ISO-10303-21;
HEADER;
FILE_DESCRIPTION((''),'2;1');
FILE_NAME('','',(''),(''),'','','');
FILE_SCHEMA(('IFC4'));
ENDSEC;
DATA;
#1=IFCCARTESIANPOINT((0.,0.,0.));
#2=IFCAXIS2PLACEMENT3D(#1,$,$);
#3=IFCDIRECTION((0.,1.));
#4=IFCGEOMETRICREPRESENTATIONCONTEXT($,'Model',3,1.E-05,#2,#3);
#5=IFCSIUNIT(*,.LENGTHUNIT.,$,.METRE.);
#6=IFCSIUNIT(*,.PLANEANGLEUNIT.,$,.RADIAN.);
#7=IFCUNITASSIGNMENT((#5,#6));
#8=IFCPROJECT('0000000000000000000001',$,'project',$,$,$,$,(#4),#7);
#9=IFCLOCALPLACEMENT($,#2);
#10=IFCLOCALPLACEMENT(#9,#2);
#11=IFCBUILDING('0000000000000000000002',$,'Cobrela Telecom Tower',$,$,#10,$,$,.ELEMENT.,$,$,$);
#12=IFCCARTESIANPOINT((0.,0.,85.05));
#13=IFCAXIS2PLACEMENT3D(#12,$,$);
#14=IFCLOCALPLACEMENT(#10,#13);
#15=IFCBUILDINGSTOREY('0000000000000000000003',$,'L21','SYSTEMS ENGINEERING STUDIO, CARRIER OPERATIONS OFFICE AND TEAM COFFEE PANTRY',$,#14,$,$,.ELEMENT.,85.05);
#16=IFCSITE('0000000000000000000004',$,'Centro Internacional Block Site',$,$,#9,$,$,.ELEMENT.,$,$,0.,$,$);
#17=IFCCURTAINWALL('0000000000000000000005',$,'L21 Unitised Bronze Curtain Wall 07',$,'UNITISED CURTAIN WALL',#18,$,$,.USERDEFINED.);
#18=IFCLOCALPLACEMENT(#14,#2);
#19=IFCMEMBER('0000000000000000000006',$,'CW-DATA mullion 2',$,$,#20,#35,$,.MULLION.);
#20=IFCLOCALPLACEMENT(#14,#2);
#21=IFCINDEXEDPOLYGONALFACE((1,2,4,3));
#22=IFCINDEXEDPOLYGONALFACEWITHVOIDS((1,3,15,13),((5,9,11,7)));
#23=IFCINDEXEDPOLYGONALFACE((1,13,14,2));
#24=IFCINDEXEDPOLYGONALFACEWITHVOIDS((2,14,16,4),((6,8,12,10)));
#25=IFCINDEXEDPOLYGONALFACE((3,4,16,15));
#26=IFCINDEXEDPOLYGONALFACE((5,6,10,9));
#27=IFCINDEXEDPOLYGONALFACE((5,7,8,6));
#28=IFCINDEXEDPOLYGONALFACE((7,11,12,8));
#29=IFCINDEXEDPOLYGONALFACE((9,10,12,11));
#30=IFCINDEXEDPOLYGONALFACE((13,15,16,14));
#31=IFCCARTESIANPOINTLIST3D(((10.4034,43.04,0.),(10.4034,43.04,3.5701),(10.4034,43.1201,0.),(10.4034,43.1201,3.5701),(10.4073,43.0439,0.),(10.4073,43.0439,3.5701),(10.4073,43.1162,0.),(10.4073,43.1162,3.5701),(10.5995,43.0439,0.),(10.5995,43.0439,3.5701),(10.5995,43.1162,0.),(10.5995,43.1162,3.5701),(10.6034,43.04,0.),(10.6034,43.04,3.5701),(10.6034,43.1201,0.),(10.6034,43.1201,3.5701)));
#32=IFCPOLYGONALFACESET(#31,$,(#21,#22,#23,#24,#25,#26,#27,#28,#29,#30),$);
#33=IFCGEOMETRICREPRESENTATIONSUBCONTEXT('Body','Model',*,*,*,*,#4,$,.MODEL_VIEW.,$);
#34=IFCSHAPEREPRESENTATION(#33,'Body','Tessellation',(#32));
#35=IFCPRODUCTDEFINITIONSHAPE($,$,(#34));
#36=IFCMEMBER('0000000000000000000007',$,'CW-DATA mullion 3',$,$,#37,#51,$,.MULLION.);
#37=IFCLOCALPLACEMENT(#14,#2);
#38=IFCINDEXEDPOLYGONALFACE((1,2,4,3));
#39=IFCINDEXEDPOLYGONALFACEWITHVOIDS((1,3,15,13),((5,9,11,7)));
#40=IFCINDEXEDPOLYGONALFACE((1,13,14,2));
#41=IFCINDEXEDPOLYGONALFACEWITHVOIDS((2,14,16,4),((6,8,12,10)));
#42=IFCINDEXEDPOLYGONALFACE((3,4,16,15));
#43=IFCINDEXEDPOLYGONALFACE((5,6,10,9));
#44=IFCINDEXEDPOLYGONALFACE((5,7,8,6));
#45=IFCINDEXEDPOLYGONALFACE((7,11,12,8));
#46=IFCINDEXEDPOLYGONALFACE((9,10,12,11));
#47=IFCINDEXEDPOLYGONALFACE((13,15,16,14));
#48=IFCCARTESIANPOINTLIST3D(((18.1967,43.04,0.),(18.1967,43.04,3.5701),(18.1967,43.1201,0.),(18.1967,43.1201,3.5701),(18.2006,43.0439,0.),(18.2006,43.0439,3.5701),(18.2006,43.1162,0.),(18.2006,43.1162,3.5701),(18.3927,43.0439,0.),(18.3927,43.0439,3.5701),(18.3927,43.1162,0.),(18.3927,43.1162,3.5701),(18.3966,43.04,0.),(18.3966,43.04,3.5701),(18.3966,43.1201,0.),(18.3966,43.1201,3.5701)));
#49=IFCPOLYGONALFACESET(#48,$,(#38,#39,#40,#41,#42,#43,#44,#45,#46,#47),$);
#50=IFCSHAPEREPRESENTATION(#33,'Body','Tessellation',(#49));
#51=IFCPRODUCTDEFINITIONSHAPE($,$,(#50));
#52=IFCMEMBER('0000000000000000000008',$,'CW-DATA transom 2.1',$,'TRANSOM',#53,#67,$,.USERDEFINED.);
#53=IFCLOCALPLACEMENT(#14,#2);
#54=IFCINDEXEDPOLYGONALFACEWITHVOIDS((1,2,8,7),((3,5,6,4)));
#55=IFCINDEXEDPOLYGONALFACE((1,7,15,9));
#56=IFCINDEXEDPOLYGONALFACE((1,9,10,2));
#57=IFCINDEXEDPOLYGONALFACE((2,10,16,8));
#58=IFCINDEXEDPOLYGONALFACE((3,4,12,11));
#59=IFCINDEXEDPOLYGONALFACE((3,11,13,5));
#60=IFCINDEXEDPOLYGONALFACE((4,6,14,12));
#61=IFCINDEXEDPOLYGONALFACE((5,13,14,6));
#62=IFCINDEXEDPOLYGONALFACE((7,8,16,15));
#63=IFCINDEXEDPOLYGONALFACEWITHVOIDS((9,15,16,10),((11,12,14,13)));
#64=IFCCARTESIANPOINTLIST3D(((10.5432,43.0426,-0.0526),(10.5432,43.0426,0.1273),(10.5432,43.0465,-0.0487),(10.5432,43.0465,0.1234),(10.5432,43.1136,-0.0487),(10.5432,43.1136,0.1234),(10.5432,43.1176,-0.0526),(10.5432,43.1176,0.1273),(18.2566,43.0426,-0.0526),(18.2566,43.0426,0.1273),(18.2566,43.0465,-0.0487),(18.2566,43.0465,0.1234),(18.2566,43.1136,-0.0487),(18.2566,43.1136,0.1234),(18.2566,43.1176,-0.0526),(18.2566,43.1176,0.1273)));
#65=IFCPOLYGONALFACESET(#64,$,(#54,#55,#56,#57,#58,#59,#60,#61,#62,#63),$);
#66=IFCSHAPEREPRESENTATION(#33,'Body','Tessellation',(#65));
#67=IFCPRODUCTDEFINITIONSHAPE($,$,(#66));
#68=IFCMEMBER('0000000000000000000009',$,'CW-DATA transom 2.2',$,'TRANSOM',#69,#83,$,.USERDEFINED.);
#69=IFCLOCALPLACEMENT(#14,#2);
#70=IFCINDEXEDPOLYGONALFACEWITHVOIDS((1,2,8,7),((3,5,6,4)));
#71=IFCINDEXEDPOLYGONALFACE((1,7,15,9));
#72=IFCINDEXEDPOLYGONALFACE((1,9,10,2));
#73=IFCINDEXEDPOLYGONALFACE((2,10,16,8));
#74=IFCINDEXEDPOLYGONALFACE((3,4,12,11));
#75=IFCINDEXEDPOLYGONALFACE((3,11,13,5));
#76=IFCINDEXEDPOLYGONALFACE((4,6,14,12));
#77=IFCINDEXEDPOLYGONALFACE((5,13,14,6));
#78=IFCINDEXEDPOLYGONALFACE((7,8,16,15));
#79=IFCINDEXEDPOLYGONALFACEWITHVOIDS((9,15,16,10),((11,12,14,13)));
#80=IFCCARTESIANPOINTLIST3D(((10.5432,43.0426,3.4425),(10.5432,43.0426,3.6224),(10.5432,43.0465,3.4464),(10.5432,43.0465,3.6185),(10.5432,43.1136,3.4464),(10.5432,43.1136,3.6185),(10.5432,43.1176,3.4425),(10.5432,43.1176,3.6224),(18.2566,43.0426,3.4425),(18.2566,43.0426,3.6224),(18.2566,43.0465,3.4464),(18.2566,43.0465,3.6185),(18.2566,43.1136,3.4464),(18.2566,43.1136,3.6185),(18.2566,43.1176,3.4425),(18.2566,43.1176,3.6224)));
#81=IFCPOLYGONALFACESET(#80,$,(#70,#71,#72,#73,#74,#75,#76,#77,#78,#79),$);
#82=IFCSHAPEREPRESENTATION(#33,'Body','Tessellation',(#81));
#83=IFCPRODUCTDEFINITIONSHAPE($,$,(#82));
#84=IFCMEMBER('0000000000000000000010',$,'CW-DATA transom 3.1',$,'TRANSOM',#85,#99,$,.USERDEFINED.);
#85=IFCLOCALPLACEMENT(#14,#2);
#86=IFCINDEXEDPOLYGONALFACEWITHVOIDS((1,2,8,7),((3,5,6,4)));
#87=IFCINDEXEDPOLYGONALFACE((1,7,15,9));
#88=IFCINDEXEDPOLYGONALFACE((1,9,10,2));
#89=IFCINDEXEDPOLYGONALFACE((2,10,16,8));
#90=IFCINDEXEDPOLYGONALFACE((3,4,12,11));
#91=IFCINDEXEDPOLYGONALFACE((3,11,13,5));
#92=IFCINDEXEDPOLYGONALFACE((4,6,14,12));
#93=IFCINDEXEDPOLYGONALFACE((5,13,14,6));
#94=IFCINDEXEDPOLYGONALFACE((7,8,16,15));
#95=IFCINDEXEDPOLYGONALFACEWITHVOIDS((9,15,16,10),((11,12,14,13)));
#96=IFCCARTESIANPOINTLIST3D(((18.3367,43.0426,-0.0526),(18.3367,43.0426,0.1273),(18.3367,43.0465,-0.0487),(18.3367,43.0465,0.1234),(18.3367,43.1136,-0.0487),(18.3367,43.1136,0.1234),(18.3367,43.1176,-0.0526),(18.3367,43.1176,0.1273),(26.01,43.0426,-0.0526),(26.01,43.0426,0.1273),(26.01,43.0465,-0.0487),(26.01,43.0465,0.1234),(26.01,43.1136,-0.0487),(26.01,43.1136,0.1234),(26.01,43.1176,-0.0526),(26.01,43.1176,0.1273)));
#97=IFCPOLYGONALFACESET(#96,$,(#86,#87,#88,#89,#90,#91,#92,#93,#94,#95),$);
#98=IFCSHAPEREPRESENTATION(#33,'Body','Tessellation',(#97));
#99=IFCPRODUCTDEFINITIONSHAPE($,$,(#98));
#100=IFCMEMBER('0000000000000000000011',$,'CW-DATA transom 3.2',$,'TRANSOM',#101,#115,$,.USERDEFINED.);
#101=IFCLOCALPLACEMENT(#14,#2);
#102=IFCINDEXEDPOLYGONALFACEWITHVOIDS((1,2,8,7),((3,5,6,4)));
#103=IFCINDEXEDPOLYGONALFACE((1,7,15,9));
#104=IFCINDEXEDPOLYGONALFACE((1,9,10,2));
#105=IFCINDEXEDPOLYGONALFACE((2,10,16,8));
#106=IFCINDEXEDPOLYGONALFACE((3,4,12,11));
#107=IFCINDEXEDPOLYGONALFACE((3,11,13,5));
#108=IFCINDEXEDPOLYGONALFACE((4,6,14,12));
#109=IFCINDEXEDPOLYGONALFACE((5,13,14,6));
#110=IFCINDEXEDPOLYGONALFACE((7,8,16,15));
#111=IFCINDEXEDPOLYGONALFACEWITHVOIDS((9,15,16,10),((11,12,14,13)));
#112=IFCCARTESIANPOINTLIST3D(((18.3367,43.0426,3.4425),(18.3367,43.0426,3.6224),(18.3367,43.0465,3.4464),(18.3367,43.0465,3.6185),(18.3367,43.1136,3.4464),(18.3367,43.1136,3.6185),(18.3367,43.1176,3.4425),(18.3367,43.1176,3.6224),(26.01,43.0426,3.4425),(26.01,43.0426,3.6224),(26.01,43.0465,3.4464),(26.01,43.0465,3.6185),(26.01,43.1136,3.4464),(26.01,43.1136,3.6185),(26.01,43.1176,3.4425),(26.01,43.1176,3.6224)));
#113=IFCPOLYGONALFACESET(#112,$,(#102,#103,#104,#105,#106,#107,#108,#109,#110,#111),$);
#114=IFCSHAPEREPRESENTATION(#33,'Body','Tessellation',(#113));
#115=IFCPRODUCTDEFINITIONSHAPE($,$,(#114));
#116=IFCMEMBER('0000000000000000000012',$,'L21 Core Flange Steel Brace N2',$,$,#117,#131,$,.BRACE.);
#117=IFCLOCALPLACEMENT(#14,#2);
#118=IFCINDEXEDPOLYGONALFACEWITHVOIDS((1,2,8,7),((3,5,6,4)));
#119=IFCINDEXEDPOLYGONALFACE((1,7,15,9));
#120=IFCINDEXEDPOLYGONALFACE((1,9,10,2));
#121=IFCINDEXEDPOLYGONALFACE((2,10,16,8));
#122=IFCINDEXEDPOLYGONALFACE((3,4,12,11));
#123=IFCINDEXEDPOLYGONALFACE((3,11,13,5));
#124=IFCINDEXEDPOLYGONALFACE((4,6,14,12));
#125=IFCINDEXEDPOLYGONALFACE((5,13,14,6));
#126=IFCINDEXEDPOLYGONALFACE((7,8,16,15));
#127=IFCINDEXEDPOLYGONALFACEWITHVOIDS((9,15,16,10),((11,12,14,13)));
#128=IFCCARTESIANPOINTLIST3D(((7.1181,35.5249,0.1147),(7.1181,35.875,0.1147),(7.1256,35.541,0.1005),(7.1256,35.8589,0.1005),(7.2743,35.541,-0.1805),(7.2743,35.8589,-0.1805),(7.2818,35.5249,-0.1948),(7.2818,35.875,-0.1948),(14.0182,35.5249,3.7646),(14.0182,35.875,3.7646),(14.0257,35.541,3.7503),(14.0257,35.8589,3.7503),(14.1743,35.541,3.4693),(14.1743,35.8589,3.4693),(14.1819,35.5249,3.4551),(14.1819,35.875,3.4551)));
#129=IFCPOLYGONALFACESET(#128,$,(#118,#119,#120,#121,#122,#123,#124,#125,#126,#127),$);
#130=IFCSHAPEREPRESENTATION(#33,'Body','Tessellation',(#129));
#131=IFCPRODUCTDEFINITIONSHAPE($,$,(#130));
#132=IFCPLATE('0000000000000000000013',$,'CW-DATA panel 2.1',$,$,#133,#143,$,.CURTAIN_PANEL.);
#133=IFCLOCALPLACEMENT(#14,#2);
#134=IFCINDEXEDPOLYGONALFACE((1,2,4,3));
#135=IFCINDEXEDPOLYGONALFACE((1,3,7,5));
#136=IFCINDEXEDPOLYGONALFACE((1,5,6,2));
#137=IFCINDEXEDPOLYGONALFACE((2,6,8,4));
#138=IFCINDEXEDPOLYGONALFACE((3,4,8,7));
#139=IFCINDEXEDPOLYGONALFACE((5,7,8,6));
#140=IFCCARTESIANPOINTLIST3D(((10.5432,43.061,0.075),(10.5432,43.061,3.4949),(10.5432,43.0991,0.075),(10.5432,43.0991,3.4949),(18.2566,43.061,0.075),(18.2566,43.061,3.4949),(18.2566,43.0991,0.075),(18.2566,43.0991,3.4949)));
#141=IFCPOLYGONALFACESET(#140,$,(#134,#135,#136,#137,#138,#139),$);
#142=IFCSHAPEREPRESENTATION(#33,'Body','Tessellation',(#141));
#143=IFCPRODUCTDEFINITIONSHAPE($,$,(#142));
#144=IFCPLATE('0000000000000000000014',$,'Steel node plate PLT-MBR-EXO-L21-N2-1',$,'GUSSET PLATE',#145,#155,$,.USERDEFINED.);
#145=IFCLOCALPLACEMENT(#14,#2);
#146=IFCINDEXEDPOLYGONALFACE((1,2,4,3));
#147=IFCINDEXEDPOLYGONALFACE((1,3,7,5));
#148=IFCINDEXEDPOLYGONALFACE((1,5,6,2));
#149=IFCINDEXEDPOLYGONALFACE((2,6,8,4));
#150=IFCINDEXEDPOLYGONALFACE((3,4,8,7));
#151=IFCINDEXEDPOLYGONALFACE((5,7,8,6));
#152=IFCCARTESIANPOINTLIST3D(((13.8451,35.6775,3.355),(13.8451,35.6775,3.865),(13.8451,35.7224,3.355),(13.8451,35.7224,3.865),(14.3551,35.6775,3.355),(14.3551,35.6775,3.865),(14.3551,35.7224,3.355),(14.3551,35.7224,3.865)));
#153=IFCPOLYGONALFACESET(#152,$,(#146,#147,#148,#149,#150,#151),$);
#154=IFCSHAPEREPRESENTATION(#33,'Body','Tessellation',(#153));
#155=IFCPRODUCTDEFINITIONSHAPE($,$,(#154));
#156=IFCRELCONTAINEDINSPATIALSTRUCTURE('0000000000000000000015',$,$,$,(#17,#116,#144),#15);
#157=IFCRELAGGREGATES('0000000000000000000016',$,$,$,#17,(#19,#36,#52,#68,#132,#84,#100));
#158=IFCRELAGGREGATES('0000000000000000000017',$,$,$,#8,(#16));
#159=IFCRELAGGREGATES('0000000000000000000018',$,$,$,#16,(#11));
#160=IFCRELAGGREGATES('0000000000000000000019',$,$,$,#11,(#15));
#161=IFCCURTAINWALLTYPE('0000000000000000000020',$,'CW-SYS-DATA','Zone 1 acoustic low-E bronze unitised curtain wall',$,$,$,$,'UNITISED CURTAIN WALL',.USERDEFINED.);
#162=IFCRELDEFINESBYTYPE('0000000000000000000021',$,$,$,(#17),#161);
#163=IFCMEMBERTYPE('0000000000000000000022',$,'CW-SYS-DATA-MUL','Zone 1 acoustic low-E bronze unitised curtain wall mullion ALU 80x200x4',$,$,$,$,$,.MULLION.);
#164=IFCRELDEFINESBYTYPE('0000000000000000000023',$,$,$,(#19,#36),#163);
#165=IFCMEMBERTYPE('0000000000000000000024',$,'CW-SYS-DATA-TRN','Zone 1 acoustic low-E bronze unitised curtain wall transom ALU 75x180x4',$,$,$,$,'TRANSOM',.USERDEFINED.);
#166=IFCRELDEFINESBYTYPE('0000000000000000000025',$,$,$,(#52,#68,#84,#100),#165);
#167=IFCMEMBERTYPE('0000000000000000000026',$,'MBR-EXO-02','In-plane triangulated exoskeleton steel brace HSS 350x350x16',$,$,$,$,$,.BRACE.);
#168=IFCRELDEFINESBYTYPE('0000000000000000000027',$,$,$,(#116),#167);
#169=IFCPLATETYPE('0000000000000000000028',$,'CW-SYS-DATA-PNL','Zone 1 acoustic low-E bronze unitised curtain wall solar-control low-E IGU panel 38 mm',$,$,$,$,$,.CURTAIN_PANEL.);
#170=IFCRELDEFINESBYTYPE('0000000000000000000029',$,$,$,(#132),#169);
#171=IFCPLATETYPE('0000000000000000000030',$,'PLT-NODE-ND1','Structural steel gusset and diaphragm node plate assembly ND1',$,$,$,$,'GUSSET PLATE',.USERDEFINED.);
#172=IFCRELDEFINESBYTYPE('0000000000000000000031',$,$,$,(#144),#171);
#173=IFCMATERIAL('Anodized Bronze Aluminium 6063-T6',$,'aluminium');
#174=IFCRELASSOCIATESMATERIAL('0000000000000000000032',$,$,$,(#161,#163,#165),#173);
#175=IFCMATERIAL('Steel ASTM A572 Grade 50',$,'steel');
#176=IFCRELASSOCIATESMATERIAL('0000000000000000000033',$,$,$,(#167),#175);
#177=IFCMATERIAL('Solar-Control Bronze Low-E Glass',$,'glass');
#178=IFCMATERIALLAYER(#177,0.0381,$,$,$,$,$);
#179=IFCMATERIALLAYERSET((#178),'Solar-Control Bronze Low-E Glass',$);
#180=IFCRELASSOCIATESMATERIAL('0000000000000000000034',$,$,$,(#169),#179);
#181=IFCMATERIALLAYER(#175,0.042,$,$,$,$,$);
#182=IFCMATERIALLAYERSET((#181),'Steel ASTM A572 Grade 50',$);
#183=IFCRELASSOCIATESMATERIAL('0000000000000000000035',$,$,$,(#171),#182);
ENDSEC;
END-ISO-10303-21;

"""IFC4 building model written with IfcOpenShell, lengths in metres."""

from ifc_helpers import new_model, si_unit, direction, frame, origin, origin_2d, place, context, subcontext, project, spatial, rectangle, hollow_rectangle, extrude, material, layer, layer_set, material_profile, profile_set, type_object, element, aggregate, save


model = new_model("IFC4")

# Units and contexts
model_context = context("Model", 3, precision=1e-05, world=origin(), true_north=direction((0.0, 1.0)))
body_context = subcontext(model_context, "Body", "Model", "MODEL_VIEW")
ifc_project = project(units=[si_unit("LENGTHUNIT", "METRE"), si_unit("PLANEANGLEUNIT", "RADIAN")], contexts=[model_context])

# Site, building, storey
site_placement = place(None, origin())
site = spatial("IfcSite", under=ifc_project, at=site_placement, Name="Centro Internacional Block Site", CompositionType="ELEMENT", RefElevation=0.0)
building_placement = place(site_placement, origin())
building = spatial("IfcBuilding", under=site, at=building_placement, Name="Cobrela Telecom Tower", CompositionType="ELEMENT")
storey_placement = place(building_placement, frame((0.0, 0.0, 85.05)))
storey = spatial("IfcBuildingStorey", under=building, at=storey_placement, Name="L21", Description="SYSTEMS ENGINEERING STUDIO, CARRIER OPERATIONS OFFICE AND TEAM COFFEE PANTRY", CompositionType="ELEMENT", Elevation=85.05)

# Shared definitions
ifc_material_1 = material(Name="Steel ASTM A572 Grade 50", Category="steel")

# Curtain wall, members
ifc_material_2 = material(Name="Anodized Bronze Aluminium 6063-T6", Category="aluminium")
curtain_wall_type = type_object("IfcCurtainWallType", Name="CW-SYS-DATA", Description="Zone 1 acoustic low-E bronze unitised curtain wall", ElementType="UNITISED CURTAIN WALL", PredefinedType="USERDEFINED", material=ifc_material_2)
curtain_wall_placement = place(storey_placement, origin())
curtain_wall = element("IfcCurtainWall", 1, at=curtain_wall_placement, inside=storey, type_object=curtain_wall_type, Name="L21 Unitised Bronze Curtain Wall 07", ObjectType="UNITISED CURTAIN WALL", PredefinedType="USERDEFINED")
ifc_material_profile_1 = material_profile(ifc_material_2, hollow_rectangle(XDim=0.0801, YDim=0.2, WallThickness=0.0039, at=origin_2d()), Name="ALU 80x200x4")
ifc_profile_set_1 = profile_set([ifc_material_profile_1], Name="Anodized Bronze Aluminium 6063-T6")
member_type_1 = type_object("IfcMemberType", Name="CW-SYS-DATA-MUL", Description="Zone 1 acoustic low-E bronze unitised curtain wall mullion ALU 80x200x4", PredefinedType="MULLION", material=ifc_profile_set_1)
member_1_placement = place(storey_placement, frame((10.5034, 43.0801, 0.0), z_axis=(0.0, 0.0, 1.0), x_axis=(0.0, 1.0, 0.0)))
member_1 = element("IfcMember", 2, at=member_1_placement, type_object=member_type_1, Name="CW-DATA mullion 2", PredefinedType="MULLION", context=body_context, shape_type="SweptSolid", body=[
    extrude(hollow_rectangle(XDim=0.0801, YDim=0.2, WallThickness=0.0039, at=origin_2d()), origin(), (0.0, 0.0, 1.0), 3.5701),
])
member_2_placement = place(storey_placement, frame((18.2966, 43.0801, 0.0), z_axis=(0.0, 0.0, 1.0), x_axis=(0.0, 1.0, 0.0)))
member_2 = element("IfcMember", 3, at=member_2_placement, type_object=member_type_1, Name="CW-DATA mullion 3", PredefinedType="MULLION", context=body_context, shape_type="SweptSolid", body=[
    extrude(hollow_rectangle(XDim=0.0801, YDim=0.2, WallThickness=0.0039, at=origin_2d()), origin(), (0.0, 0.0, 1.0), 3.5701),
])
ifc_material_profile_2 = material_profile(ifc_material_2, hollow_rectangle(XDim=0.075, YDim=0.1799, WallThickness=0.0039, at=origin_2d()), Name="ALU 75x180x4")
ifc_profile_set_2 = profile_set([ifc_material_profile_2], Name="Anodized Bronze Aluminium 6063-T6")
member_type_2 = type_object("IfcMemberType", Name="CW-SYS-DATA-TRN", Description="Zone 1 acoustic low-E bronze unitised curtain wall transom ALU 75x180x4", ElementType="TRANSOM", PredefinedType="USERDEFINED", material=ifc_profile_set_2)
member_3_placement = place(storey_placement, frame((10.5432, 43.0801, 0.0374), z_axis=(1.0, 0.0, 0.0), x_axis=(0.0, 1.0, 0.0)))
member_3 = element("IfcMember", 4, at=member_3_placement, type_object=member_type_2, Name="CW-DATA transom 2.1", ObjectType="TRANSOM", PredefinedType="USERDEFINED", context=body_context, shape_type="SweptSolid", body=[
    extrude(hollow_rectangle(XDim=0.075, YDim=0.1799, WallThickness=0.0039, at=origin_2d()), origin(), (0.0, 0.0, 1.0), 7.7134),
])
member_4_placement = place(storey_placement, frame((10.5432, 43.0801, 3.5325), z_axis=(1.0, 0.0, 0.0), x_axis=(0.0, 1.0, 0.0)))
member_4 = element("IfcMember", 5, at=member_4_placement, type_object=member_type_2, Name="CW-DATA transom 2.2", ObjectType="TRANSOM", PredefinedType="USERDEFINED", context=body_context, shape_type="SweptSolid", body=[
    extrude(hollow_rectangle(XDim=0.075, YDim=0.1799, WallThickness=0.0039, at=origin_2d()), origin(), (0.0, 0.0, 1.0), 7.7134),
])
member_5_placement = place(storey_placement, frame((18.3367, 43.0801, 0.0374), z_axis=(1.0, 0.0, 0.0), x_axis=(0.0, 1.0, 0.0)))
member_5 = element("IfcMember", 6, at=member_5_placement, type_object=member_type_2, Name="CW-DATA transom 3.1", ObjectType="TRANSOM", PredefinedType="USERDEFINED", context=body_context, shape_type="SweptSolid", body=[
    extrude(hollow_rectangle(XDim=0.075, YDim=0.1799, WallThickness=0.0039, at=origin_2d()), origin(), (0.0, 0.0, 1.0), 7.6733),
])
member_6_placement = place(storey_placement, frame((18.3367, 43.0801, 3.5325), z_axis=(1.0, 0.0, 0.0), x_axis=(0.0, 1.0, 0.0)))
member_6 = element("IfcMember", 7, at=member_6_placement, type_object=member_type_2, Name="CW-DATA transom 3.2", ObjectType="TRANSOM", PredefinedType="USERDEFINED", context=body_context, shape_type="SweptSolid", body=[
    extrude(hollow_rectangle(XDim=0.075, YDim=0.1799, WallThickness=0.0039, at=origin_2d()), origin(), (0.0, 0.0, 1.0), 7.6733),
])

# Member
ifc_material_profile_3 = material_profile(ifc_material_1, hollow_rectangle(XDim=0.3501, YDim=0.3501, WallThickness=0.0161, at=origin_2d()), Name="HSS 350x350x16")
ifc_profile_set_3 = profile_set([ifc_material_profile_3], Name="Steel ASTM A572 Grade 50")
member_type_3 = type_object("IfcMemberType", Name="MBR-EXO-02", Description="In-plane triangulated exoskeleton steel brace HSS 350x350x16", PredefinedType="BRACE", material=ifc_profile_set_3)
member_7_placement = place(storey_placement, frame((7.2, 35.7, -0.04), z_axis=(0.883953, 0.0, 0.467576), x_axis=(0.0, 1.0, 0.0)))
element("IfcMember", 8, at=member_7_placement, inside=storey, type_object=member_type_3, Name="L21 Core Flange Steel Brace N2", PredefinedType="BRACE", context=body_context, shape_type="SweptSolid", body=[
    extrude(hollow_rectangle(XDim=0.3501, YDim=0.3501, WallThickness=0.0161, at=origin_2d()), origin(), (0.0, 0.0, 1.0), 7.8059),
])

# Plates
ifc_material_3 = material(Name="Solar-Control Bronze Low-E Glass", Category="glass")
ifc_layer_1 = layer(ifc_material_3, 0.0381)
ifc_layer_set_1 = layer_set([ifc_layer_1], Name="Solar-Control Bronze Low-E Glass")
plate_type_1 = type_object("IfcPlateType", Name="CW-SYS-DATA-PNL", Description="Zone 1 acoustic low-E bronze unitised curtain wall solar-control low-E IGU panel 38 mm", PredefinedType="CURTAIN_PANEL", material=ifc_layer_set_1)
plate_1_placement = place(storey_placement, frame((14.3999, 43.0801, 0.075), z_axis=(0.0, 0.0, 1.0), x_axis=(1.0, 0.0, 0.0)))
plate_1 = element("IfcPlate", 9, at=plate_1_placement, type_object=plate_type_1, Name="CW-DATA panel 2.1", PredefinedType="CURTAIN_PANEL", context=body_context, shape_type="SweptSolid", body=[
    extrude(rectangle(XDim=7.7134, YDim=0.0381, at=origin_2d()), origin(), (0.0, 0.0, 1.0), 3.4199),
])
aggregate(curtain_wall, [member_1, member_2, member_3, member_4, plate_1, member_5, member_6])
ifc_layer_2 = layer(ifc_material_1, 0.042)
ifc_layer_set_2 = layer_set([ifc_layer_2], Name="Steel ASTM A572 Grade 50")
plate_type_2 = type_object("IfcPlateType", Name="PLT-NODE-ND1", Description="Structural steel gusset and diaphragm node plate assembly ND1", ElementType="GUSSET PLATE", PredefinedType="USERDEFINED", material=ifc_layer_set_2)
plate_2_placement = place(storey_placement, frame((14.1001, 35.7, 3.355), z_axis=(0.0, 0.0, 1.0), x_axis=(1.0, 0.0, 0.0)))
element("IfcPlate", 10, at=plate_2_placement, inside=storey, type_object=plate_type_2, Name="Steel node plate PLT-MBR-EXO-L21-N2-1", ObjectType="GUSSET PLATE", PredefinedType="USERDEFINED", context=body_context, shape_type="SweptSolid", body=[
    extrude(rectangle(XDim=0.51, YDim=0.0449, at=origin_2d()), origin(), (0.0, 0.0, 1.0), 0.51),
])

save(model, "model.ifc")
